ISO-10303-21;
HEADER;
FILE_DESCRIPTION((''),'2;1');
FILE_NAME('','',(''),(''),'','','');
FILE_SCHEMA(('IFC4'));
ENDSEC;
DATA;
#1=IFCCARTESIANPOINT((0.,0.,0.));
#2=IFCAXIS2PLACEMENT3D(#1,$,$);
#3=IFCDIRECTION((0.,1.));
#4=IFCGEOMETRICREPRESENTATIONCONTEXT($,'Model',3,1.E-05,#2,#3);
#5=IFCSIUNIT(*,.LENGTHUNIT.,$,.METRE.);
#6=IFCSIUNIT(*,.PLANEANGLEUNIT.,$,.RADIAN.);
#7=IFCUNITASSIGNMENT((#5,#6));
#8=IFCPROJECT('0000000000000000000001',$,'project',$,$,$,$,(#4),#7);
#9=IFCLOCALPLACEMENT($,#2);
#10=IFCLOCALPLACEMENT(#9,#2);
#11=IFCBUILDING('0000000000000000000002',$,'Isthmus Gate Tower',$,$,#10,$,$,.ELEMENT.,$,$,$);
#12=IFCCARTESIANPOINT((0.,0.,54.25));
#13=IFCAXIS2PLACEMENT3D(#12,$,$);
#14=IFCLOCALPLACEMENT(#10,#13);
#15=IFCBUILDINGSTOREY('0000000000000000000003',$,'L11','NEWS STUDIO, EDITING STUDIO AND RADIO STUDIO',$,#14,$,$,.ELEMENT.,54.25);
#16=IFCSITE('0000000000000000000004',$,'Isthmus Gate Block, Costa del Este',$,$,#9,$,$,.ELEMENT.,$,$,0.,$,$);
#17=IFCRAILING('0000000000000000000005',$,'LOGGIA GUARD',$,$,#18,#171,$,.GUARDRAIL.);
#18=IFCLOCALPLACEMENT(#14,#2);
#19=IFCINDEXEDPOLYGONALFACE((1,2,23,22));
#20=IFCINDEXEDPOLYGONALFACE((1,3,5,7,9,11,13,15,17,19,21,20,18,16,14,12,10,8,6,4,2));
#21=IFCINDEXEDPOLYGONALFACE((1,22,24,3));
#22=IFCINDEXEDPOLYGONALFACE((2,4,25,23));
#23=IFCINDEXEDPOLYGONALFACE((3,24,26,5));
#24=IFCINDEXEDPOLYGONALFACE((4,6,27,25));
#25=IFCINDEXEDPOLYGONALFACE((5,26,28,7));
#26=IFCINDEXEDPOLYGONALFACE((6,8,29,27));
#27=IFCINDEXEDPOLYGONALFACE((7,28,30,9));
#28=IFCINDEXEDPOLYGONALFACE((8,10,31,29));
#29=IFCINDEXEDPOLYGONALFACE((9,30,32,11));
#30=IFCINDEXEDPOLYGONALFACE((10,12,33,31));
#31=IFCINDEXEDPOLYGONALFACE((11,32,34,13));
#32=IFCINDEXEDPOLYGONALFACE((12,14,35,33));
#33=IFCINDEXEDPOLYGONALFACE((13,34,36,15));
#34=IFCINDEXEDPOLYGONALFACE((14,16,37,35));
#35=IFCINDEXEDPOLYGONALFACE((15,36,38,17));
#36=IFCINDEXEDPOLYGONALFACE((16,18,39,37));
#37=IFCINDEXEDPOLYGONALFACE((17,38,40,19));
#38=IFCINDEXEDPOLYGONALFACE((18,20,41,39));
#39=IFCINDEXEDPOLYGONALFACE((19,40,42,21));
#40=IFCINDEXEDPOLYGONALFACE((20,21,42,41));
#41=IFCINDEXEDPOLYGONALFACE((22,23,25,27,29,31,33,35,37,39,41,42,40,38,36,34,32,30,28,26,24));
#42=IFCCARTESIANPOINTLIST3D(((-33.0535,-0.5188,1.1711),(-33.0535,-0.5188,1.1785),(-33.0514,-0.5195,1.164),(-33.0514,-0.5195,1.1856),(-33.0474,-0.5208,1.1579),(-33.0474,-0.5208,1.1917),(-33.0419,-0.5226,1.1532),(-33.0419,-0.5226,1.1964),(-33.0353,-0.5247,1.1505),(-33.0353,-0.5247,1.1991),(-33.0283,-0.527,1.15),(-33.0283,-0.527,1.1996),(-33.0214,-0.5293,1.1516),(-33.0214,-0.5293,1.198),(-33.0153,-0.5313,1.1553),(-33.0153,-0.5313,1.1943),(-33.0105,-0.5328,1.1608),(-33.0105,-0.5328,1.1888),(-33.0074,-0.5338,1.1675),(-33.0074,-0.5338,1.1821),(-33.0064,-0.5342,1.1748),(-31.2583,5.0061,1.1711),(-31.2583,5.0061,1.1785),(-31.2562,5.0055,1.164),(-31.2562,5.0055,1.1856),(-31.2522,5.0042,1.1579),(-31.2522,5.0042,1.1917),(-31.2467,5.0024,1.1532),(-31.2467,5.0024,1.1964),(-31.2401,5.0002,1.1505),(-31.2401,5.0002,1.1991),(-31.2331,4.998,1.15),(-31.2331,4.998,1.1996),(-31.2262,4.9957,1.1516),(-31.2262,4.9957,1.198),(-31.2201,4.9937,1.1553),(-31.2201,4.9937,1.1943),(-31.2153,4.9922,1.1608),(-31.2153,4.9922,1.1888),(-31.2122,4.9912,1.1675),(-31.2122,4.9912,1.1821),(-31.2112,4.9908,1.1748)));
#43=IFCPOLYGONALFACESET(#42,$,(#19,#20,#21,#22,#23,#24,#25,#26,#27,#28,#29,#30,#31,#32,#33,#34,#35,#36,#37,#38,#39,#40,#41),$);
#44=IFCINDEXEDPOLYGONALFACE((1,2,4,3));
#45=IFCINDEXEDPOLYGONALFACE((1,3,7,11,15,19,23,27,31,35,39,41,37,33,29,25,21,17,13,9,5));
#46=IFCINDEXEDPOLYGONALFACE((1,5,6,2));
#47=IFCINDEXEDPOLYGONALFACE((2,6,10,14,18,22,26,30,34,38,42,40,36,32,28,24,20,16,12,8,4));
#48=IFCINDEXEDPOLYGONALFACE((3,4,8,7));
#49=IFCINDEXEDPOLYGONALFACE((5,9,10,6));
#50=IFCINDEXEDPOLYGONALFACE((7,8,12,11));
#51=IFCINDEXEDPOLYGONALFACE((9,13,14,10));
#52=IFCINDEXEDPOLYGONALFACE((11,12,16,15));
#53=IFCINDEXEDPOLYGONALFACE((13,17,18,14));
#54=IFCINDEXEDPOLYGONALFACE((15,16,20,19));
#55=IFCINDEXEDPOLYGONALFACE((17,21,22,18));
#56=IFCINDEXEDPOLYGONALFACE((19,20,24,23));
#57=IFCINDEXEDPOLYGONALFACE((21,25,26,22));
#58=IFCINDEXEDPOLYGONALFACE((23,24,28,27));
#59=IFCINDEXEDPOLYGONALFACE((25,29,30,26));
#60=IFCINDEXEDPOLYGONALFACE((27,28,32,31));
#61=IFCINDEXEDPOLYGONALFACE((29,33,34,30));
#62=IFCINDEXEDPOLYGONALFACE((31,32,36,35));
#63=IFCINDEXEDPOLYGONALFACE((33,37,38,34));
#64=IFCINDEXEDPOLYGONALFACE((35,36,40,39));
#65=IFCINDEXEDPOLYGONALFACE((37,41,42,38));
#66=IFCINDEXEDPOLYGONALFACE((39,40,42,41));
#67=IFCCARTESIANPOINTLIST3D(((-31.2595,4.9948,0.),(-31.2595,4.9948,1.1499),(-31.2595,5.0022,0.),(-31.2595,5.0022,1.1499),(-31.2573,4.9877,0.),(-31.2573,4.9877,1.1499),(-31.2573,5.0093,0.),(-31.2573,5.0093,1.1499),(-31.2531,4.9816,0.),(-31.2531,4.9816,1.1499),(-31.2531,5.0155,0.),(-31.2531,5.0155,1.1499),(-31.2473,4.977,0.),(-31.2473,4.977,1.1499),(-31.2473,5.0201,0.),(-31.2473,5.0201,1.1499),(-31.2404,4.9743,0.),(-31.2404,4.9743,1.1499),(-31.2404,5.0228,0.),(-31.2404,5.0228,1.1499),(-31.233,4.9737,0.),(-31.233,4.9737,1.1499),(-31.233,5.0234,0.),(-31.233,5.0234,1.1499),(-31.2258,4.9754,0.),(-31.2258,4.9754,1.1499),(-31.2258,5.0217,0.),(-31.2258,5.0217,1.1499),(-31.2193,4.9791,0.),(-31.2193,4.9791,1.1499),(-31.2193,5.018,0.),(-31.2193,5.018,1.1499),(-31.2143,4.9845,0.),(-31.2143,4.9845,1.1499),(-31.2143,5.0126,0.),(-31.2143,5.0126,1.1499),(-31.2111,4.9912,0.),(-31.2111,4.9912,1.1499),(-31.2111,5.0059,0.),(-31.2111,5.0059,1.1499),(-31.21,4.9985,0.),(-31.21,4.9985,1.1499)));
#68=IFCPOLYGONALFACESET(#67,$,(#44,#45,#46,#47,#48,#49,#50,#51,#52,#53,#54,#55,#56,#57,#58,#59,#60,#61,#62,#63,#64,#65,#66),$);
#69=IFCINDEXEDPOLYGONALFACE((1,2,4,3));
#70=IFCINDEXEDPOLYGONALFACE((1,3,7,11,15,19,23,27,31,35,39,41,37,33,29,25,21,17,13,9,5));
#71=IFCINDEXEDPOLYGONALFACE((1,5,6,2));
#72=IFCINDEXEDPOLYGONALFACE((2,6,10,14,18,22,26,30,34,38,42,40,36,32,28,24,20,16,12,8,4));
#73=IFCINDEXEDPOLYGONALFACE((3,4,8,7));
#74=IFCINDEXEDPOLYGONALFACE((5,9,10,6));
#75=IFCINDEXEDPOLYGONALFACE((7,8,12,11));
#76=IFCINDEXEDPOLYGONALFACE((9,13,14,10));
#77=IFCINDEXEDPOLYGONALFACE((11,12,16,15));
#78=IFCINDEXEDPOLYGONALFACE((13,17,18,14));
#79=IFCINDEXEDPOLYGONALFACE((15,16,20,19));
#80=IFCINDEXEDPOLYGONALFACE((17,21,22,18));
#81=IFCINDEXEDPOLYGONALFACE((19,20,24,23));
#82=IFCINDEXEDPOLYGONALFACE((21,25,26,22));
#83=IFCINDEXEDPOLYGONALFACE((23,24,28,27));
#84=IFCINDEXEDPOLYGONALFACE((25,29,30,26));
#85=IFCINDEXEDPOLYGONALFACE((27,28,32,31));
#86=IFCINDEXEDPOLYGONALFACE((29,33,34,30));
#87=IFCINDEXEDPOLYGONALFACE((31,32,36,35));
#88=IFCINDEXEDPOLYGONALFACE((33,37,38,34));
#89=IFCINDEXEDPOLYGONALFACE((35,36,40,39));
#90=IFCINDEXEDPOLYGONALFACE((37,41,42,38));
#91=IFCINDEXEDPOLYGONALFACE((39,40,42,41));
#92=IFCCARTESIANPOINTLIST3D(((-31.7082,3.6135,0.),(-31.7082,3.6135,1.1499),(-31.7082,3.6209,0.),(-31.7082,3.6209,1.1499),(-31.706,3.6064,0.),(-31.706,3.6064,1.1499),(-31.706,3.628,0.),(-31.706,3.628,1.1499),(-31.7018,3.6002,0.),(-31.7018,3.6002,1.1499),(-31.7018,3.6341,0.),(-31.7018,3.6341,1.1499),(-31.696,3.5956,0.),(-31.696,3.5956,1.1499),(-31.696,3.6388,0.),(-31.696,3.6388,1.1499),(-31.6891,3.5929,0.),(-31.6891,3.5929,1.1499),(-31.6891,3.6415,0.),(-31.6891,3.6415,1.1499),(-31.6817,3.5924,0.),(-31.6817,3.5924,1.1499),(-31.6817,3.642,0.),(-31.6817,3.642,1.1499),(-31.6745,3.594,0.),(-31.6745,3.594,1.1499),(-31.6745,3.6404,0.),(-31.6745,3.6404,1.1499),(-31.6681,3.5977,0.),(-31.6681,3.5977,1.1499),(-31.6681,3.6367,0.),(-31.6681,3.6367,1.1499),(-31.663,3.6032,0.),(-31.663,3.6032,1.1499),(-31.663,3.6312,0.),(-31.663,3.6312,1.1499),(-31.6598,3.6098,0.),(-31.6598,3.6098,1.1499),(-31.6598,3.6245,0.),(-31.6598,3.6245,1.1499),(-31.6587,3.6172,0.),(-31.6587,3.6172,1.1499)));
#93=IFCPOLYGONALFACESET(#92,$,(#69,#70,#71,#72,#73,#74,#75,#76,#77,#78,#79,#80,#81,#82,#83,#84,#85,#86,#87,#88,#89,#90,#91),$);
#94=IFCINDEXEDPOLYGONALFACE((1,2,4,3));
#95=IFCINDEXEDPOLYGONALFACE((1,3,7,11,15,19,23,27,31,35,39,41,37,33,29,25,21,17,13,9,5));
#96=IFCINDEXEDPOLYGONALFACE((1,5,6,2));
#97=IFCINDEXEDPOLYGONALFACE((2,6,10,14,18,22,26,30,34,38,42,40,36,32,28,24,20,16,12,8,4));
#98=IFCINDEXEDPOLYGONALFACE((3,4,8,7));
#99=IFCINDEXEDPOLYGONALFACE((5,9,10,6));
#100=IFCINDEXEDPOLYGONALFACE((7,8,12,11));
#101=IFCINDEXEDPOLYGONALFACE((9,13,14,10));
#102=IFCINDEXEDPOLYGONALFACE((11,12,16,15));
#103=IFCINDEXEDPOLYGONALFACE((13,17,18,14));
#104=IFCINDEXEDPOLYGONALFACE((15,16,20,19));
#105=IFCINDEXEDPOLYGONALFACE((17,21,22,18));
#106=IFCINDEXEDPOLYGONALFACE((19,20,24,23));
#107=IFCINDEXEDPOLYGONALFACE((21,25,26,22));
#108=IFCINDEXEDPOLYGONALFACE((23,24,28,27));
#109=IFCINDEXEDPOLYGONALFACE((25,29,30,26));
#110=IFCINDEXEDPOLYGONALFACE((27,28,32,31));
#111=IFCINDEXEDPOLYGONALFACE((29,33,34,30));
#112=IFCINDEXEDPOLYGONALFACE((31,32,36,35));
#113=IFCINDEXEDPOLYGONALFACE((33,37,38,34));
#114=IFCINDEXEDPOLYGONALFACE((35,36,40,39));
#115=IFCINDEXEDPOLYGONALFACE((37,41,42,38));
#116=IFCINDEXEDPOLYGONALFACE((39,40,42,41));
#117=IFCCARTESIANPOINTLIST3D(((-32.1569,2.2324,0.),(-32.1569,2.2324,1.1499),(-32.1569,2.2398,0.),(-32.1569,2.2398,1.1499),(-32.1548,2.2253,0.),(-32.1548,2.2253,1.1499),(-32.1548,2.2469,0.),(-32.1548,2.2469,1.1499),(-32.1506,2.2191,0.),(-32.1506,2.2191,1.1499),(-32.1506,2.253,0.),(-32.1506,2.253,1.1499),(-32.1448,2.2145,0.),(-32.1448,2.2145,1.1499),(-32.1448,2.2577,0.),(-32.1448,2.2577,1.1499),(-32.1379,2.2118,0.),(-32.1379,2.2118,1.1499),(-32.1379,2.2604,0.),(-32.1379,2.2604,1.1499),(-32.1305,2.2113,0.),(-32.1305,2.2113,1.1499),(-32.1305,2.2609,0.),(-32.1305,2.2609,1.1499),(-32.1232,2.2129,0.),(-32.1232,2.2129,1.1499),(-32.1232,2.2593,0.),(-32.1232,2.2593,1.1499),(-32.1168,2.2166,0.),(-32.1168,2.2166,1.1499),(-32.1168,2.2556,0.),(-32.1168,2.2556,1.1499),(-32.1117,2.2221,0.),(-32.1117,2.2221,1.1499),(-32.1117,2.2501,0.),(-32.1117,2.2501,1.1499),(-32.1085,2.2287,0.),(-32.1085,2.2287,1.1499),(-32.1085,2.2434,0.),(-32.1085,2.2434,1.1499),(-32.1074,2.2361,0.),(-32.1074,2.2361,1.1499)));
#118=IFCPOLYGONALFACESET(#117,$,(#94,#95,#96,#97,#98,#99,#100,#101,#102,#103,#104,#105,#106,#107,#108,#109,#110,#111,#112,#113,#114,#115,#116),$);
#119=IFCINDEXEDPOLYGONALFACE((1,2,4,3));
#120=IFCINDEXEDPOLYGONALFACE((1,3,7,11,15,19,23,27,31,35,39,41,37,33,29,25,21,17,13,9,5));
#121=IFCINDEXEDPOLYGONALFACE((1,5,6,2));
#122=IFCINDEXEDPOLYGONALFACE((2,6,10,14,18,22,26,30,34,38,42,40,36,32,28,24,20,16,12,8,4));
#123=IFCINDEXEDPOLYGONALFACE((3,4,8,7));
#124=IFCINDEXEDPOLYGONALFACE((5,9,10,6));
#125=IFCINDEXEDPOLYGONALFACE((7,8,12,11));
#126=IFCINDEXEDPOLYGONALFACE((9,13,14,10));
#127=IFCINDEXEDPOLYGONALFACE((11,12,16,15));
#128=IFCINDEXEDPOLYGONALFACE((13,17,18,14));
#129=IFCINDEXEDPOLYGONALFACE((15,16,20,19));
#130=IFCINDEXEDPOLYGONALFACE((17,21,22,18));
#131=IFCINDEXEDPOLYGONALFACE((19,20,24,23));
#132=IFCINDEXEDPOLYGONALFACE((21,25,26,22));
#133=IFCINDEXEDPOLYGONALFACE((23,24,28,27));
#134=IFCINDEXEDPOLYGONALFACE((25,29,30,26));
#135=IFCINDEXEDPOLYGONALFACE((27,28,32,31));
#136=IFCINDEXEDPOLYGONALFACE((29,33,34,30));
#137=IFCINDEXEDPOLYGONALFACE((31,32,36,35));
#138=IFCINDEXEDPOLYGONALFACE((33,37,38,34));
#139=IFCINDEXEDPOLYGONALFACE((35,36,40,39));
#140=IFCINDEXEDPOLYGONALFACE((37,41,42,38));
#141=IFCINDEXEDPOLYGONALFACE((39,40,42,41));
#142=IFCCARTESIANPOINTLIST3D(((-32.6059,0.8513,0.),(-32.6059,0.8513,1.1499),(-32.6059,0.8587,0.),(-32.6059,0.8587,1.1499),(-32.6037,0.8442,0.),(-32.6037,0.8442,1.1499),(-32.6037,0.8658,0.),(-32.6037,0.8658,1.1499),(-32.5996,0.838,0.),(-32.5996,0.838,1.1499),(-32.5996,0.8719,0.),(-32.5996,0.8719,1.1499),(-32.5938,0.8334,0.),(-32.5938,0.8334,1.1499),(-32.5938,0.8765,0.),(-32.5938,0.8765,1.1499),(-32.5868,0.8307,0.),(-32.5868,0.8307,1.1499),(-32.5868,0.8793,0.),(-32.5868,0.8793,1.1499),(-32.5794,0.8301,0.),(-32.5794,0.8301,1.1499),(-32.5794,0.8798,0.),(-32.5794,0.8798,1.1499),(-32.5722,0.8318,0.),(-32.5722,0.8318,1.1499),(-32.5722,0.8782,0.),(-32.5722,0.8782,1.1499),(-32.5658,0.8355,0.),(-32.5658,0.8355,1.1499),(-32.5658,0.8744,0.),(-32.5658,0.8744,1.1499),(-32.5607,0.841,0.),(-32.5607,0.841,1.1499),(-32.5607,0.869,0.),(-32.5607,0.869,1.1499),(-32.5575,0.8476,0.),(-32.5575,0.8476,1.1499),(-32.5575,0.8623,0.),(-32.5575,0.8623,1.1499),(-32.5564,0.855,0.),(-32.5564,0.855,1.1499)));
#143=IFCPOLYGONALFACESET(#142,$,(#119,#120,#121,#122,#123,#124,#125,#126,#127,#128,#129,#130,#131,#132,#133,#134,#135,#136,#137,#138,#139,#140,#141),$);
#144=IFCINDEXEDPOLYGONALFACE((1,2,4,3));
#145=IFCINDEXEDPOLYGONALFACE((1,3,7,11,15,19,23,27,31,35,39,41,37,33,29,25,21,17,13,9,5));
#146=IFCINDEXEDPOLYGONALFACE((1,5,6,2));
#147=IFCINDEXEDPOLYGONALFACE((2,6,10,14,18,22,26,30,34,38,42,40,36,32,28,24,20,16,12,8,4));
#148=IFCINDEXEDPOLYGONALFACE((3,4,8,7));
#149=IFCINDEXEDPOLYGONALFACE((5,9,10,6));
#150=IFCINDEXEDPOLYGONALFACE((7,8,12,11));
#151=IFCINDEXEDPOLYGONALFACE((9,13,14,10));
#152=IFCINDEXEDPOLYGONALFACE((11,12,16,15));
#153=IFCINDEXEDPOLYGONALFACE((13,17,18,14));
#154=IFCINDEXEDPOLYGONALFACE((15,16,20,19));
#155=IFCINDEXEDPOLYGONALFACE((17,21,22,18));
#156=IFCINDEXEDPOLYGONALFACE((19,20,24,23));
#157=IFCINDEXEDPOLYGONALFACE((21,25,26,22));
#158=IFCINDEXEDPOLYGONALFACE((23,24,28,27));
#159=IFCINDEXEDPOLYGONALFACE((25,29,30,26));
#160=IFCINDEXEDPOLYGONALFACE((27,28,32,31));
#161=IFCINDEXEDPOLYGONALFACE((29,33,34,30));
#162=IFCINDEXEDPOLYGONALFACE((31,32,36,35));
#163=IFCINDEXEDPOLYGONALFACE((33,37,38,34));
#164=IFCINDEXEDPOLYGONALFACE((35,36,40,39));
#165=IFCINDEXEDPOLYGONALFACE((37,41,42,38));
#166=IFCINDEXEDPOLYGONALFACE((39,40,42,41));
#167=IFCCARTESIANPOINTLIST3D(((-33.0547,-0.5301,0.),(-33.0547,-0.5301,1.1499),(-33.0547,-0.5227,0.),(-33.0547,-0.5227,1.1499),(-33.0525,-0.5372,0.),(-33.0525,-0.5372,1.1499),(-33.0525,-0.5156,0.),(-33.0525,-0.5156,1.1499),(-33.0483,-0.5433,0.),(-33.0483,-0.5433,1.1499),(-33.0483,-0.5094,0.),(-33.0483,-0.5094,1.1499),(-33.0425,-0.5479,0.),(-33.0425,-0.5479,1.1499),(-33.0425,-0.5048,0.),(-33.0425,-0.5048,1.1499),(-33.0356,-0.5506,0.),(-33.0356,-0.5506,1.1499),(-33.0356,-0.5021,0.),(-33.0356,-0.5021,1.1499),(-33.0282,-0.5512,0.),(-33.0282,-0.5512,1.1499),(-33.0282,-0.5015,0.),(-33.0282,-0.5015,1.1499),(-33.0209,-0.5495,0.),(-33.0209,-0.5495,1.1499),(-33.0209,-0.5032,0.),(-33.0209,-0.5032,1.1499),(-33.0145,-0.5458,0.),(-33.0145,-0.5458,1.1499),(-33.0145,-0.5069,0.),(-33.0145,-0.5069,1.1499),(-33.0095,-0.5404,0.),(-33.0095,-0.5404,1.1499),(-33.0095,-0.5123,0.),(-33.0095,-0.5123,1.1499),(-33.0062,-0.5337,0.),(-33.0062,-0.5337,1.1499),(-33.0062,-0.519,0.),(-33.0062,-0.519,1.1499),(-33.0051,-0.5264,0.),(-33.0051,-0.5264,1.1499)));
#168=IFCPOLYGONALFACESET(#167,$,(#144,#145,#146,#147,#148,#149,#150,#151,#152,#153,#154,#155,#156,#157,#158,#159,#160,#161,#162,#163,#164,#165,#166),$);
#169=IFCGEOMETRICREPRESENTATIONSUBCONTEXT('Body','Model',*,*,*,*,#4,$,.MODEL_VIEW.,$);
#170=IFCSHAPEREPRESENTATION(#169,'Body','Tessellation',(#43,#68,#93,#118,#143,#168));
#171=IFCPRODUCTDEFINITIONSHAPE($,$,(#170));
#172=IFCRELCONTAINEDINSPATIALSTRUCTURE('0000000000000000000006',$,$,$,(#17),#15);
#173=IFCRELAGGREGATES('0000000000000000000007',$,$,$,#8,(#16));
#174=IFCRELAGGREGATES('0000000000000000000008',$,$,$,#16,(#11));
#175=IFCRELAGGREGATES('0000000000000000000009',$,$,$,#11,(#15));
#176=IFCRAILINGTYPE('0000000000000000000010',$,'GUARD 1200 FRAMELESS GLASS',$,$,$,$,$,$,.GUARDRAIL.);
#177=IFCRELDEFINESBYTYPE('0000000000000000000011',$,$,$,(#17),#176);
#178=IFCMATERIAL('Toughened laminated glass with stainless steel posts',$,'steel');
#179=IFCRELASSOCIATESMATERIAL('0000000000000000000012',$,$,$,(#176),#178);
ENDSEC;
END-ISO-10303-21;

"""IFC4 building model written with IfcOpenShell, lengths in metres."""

from ifc_helpers import new_model, si_unit, direction, frame, origin, origin_2d, place, context, subcontext, project, spatial, circle, extrude, material, type_object, element, save


model = new_model("IFC4")

# Units and contexts
model_context = context("Model", 3, precision=1e-05, world=origin(), true_north=direction((0.0, 1.0)))
body_context = subcontext(model_context, "Body", "Model", "MODEL_VIEW")
ifc_project = project(units=[si_unit("LENGTHUNIT", "METRE"), si_unit("PLANEANGLEUNIT", "RADIAN")], contexts=[model_context])

# Site, building, storey
site_placement = place(None, origin())
site = spatial("IfcSite", under=ifc_project, at=site_placement, Name="Isthmus Gate Block, Costa del Este", CompositionType="ELEMENT", RefElevation=0.0)
building_placement = place(site_placement, origin())
building = spatial("IfcBuilding", under=site, at=building_placement, Name="Isthmus Gate Tower", CompositionType="ELEMENT")
storey_placement = place(building_placement, frame((0.0, 0.0, 54.25)))
storey = spatial("IfcBuildingStorey", under=building, at=storey_placement, Name="L11", Description="NEWS STUDIO, EDITING STUDIO AND RADIO STUDIO", CompositionType="ELEMENT", Elevation=54.25)

# Railing
ifc_material_1 = material(Name="Toughened laminated glass with stainless steel posts", Category="steel")
railing_type = type_object("IfcRailingType", Name="GUARD 1200 FRAMELESS GLASS", PredefinedType="GUARDRAIL", material=ifc_material_1)
railing_placement = place(storey_placement, frame((-31.2349, 4.9985, 0.0)))
element("IfcRailing", 1, at=railing_placement, inside=storey, type_object=railing_type, Name="LOGGIA GUARD", PredefinedType="GUARDRAIL", context=body_context, shape_type="SweptSolid", body=[
    extrude(circle(Radius=0.0249, at=origin_2d()), frame((0.0, 0.0, 1.1748), z_axis=(-0.30902, -0.951056, 0.0), x_axis=(0.951056, -0.30902, 0.0)), (0.0, 0.0, 1.0), 5.8093),
    extrude(circle(Radius=0.0249, at=origin_2d()), origin(), (0.0, 0.0, 1.0), 1.1499),
    extrude(circle(Radius=0.0249, at=origin_2d()), frame((-0.4487, -1.3813, 0.0)), (0.0, 0.0, 1.0), 1.1499),
    extrude(circle(Radius=0.0249, at=origin_2d()), frame((-0.8975, -2.7625, 0.0)), (0.0, 0.0, 1.0), 1.1499),
    extrude(circle(Radius=0.0249, at=origin_2d()), frame((-1.3464, -4.1436, 0.0)), (0.0, 0.0, 1.0), 1.1499),
    extrude(circle(Radius=0.0249, at=origin_2d()), frame((-1.7952, -5.5249, 0.0)), (0.0, 0.0, 1.0), 1.1499),
])

save(model, "model.ifc")
